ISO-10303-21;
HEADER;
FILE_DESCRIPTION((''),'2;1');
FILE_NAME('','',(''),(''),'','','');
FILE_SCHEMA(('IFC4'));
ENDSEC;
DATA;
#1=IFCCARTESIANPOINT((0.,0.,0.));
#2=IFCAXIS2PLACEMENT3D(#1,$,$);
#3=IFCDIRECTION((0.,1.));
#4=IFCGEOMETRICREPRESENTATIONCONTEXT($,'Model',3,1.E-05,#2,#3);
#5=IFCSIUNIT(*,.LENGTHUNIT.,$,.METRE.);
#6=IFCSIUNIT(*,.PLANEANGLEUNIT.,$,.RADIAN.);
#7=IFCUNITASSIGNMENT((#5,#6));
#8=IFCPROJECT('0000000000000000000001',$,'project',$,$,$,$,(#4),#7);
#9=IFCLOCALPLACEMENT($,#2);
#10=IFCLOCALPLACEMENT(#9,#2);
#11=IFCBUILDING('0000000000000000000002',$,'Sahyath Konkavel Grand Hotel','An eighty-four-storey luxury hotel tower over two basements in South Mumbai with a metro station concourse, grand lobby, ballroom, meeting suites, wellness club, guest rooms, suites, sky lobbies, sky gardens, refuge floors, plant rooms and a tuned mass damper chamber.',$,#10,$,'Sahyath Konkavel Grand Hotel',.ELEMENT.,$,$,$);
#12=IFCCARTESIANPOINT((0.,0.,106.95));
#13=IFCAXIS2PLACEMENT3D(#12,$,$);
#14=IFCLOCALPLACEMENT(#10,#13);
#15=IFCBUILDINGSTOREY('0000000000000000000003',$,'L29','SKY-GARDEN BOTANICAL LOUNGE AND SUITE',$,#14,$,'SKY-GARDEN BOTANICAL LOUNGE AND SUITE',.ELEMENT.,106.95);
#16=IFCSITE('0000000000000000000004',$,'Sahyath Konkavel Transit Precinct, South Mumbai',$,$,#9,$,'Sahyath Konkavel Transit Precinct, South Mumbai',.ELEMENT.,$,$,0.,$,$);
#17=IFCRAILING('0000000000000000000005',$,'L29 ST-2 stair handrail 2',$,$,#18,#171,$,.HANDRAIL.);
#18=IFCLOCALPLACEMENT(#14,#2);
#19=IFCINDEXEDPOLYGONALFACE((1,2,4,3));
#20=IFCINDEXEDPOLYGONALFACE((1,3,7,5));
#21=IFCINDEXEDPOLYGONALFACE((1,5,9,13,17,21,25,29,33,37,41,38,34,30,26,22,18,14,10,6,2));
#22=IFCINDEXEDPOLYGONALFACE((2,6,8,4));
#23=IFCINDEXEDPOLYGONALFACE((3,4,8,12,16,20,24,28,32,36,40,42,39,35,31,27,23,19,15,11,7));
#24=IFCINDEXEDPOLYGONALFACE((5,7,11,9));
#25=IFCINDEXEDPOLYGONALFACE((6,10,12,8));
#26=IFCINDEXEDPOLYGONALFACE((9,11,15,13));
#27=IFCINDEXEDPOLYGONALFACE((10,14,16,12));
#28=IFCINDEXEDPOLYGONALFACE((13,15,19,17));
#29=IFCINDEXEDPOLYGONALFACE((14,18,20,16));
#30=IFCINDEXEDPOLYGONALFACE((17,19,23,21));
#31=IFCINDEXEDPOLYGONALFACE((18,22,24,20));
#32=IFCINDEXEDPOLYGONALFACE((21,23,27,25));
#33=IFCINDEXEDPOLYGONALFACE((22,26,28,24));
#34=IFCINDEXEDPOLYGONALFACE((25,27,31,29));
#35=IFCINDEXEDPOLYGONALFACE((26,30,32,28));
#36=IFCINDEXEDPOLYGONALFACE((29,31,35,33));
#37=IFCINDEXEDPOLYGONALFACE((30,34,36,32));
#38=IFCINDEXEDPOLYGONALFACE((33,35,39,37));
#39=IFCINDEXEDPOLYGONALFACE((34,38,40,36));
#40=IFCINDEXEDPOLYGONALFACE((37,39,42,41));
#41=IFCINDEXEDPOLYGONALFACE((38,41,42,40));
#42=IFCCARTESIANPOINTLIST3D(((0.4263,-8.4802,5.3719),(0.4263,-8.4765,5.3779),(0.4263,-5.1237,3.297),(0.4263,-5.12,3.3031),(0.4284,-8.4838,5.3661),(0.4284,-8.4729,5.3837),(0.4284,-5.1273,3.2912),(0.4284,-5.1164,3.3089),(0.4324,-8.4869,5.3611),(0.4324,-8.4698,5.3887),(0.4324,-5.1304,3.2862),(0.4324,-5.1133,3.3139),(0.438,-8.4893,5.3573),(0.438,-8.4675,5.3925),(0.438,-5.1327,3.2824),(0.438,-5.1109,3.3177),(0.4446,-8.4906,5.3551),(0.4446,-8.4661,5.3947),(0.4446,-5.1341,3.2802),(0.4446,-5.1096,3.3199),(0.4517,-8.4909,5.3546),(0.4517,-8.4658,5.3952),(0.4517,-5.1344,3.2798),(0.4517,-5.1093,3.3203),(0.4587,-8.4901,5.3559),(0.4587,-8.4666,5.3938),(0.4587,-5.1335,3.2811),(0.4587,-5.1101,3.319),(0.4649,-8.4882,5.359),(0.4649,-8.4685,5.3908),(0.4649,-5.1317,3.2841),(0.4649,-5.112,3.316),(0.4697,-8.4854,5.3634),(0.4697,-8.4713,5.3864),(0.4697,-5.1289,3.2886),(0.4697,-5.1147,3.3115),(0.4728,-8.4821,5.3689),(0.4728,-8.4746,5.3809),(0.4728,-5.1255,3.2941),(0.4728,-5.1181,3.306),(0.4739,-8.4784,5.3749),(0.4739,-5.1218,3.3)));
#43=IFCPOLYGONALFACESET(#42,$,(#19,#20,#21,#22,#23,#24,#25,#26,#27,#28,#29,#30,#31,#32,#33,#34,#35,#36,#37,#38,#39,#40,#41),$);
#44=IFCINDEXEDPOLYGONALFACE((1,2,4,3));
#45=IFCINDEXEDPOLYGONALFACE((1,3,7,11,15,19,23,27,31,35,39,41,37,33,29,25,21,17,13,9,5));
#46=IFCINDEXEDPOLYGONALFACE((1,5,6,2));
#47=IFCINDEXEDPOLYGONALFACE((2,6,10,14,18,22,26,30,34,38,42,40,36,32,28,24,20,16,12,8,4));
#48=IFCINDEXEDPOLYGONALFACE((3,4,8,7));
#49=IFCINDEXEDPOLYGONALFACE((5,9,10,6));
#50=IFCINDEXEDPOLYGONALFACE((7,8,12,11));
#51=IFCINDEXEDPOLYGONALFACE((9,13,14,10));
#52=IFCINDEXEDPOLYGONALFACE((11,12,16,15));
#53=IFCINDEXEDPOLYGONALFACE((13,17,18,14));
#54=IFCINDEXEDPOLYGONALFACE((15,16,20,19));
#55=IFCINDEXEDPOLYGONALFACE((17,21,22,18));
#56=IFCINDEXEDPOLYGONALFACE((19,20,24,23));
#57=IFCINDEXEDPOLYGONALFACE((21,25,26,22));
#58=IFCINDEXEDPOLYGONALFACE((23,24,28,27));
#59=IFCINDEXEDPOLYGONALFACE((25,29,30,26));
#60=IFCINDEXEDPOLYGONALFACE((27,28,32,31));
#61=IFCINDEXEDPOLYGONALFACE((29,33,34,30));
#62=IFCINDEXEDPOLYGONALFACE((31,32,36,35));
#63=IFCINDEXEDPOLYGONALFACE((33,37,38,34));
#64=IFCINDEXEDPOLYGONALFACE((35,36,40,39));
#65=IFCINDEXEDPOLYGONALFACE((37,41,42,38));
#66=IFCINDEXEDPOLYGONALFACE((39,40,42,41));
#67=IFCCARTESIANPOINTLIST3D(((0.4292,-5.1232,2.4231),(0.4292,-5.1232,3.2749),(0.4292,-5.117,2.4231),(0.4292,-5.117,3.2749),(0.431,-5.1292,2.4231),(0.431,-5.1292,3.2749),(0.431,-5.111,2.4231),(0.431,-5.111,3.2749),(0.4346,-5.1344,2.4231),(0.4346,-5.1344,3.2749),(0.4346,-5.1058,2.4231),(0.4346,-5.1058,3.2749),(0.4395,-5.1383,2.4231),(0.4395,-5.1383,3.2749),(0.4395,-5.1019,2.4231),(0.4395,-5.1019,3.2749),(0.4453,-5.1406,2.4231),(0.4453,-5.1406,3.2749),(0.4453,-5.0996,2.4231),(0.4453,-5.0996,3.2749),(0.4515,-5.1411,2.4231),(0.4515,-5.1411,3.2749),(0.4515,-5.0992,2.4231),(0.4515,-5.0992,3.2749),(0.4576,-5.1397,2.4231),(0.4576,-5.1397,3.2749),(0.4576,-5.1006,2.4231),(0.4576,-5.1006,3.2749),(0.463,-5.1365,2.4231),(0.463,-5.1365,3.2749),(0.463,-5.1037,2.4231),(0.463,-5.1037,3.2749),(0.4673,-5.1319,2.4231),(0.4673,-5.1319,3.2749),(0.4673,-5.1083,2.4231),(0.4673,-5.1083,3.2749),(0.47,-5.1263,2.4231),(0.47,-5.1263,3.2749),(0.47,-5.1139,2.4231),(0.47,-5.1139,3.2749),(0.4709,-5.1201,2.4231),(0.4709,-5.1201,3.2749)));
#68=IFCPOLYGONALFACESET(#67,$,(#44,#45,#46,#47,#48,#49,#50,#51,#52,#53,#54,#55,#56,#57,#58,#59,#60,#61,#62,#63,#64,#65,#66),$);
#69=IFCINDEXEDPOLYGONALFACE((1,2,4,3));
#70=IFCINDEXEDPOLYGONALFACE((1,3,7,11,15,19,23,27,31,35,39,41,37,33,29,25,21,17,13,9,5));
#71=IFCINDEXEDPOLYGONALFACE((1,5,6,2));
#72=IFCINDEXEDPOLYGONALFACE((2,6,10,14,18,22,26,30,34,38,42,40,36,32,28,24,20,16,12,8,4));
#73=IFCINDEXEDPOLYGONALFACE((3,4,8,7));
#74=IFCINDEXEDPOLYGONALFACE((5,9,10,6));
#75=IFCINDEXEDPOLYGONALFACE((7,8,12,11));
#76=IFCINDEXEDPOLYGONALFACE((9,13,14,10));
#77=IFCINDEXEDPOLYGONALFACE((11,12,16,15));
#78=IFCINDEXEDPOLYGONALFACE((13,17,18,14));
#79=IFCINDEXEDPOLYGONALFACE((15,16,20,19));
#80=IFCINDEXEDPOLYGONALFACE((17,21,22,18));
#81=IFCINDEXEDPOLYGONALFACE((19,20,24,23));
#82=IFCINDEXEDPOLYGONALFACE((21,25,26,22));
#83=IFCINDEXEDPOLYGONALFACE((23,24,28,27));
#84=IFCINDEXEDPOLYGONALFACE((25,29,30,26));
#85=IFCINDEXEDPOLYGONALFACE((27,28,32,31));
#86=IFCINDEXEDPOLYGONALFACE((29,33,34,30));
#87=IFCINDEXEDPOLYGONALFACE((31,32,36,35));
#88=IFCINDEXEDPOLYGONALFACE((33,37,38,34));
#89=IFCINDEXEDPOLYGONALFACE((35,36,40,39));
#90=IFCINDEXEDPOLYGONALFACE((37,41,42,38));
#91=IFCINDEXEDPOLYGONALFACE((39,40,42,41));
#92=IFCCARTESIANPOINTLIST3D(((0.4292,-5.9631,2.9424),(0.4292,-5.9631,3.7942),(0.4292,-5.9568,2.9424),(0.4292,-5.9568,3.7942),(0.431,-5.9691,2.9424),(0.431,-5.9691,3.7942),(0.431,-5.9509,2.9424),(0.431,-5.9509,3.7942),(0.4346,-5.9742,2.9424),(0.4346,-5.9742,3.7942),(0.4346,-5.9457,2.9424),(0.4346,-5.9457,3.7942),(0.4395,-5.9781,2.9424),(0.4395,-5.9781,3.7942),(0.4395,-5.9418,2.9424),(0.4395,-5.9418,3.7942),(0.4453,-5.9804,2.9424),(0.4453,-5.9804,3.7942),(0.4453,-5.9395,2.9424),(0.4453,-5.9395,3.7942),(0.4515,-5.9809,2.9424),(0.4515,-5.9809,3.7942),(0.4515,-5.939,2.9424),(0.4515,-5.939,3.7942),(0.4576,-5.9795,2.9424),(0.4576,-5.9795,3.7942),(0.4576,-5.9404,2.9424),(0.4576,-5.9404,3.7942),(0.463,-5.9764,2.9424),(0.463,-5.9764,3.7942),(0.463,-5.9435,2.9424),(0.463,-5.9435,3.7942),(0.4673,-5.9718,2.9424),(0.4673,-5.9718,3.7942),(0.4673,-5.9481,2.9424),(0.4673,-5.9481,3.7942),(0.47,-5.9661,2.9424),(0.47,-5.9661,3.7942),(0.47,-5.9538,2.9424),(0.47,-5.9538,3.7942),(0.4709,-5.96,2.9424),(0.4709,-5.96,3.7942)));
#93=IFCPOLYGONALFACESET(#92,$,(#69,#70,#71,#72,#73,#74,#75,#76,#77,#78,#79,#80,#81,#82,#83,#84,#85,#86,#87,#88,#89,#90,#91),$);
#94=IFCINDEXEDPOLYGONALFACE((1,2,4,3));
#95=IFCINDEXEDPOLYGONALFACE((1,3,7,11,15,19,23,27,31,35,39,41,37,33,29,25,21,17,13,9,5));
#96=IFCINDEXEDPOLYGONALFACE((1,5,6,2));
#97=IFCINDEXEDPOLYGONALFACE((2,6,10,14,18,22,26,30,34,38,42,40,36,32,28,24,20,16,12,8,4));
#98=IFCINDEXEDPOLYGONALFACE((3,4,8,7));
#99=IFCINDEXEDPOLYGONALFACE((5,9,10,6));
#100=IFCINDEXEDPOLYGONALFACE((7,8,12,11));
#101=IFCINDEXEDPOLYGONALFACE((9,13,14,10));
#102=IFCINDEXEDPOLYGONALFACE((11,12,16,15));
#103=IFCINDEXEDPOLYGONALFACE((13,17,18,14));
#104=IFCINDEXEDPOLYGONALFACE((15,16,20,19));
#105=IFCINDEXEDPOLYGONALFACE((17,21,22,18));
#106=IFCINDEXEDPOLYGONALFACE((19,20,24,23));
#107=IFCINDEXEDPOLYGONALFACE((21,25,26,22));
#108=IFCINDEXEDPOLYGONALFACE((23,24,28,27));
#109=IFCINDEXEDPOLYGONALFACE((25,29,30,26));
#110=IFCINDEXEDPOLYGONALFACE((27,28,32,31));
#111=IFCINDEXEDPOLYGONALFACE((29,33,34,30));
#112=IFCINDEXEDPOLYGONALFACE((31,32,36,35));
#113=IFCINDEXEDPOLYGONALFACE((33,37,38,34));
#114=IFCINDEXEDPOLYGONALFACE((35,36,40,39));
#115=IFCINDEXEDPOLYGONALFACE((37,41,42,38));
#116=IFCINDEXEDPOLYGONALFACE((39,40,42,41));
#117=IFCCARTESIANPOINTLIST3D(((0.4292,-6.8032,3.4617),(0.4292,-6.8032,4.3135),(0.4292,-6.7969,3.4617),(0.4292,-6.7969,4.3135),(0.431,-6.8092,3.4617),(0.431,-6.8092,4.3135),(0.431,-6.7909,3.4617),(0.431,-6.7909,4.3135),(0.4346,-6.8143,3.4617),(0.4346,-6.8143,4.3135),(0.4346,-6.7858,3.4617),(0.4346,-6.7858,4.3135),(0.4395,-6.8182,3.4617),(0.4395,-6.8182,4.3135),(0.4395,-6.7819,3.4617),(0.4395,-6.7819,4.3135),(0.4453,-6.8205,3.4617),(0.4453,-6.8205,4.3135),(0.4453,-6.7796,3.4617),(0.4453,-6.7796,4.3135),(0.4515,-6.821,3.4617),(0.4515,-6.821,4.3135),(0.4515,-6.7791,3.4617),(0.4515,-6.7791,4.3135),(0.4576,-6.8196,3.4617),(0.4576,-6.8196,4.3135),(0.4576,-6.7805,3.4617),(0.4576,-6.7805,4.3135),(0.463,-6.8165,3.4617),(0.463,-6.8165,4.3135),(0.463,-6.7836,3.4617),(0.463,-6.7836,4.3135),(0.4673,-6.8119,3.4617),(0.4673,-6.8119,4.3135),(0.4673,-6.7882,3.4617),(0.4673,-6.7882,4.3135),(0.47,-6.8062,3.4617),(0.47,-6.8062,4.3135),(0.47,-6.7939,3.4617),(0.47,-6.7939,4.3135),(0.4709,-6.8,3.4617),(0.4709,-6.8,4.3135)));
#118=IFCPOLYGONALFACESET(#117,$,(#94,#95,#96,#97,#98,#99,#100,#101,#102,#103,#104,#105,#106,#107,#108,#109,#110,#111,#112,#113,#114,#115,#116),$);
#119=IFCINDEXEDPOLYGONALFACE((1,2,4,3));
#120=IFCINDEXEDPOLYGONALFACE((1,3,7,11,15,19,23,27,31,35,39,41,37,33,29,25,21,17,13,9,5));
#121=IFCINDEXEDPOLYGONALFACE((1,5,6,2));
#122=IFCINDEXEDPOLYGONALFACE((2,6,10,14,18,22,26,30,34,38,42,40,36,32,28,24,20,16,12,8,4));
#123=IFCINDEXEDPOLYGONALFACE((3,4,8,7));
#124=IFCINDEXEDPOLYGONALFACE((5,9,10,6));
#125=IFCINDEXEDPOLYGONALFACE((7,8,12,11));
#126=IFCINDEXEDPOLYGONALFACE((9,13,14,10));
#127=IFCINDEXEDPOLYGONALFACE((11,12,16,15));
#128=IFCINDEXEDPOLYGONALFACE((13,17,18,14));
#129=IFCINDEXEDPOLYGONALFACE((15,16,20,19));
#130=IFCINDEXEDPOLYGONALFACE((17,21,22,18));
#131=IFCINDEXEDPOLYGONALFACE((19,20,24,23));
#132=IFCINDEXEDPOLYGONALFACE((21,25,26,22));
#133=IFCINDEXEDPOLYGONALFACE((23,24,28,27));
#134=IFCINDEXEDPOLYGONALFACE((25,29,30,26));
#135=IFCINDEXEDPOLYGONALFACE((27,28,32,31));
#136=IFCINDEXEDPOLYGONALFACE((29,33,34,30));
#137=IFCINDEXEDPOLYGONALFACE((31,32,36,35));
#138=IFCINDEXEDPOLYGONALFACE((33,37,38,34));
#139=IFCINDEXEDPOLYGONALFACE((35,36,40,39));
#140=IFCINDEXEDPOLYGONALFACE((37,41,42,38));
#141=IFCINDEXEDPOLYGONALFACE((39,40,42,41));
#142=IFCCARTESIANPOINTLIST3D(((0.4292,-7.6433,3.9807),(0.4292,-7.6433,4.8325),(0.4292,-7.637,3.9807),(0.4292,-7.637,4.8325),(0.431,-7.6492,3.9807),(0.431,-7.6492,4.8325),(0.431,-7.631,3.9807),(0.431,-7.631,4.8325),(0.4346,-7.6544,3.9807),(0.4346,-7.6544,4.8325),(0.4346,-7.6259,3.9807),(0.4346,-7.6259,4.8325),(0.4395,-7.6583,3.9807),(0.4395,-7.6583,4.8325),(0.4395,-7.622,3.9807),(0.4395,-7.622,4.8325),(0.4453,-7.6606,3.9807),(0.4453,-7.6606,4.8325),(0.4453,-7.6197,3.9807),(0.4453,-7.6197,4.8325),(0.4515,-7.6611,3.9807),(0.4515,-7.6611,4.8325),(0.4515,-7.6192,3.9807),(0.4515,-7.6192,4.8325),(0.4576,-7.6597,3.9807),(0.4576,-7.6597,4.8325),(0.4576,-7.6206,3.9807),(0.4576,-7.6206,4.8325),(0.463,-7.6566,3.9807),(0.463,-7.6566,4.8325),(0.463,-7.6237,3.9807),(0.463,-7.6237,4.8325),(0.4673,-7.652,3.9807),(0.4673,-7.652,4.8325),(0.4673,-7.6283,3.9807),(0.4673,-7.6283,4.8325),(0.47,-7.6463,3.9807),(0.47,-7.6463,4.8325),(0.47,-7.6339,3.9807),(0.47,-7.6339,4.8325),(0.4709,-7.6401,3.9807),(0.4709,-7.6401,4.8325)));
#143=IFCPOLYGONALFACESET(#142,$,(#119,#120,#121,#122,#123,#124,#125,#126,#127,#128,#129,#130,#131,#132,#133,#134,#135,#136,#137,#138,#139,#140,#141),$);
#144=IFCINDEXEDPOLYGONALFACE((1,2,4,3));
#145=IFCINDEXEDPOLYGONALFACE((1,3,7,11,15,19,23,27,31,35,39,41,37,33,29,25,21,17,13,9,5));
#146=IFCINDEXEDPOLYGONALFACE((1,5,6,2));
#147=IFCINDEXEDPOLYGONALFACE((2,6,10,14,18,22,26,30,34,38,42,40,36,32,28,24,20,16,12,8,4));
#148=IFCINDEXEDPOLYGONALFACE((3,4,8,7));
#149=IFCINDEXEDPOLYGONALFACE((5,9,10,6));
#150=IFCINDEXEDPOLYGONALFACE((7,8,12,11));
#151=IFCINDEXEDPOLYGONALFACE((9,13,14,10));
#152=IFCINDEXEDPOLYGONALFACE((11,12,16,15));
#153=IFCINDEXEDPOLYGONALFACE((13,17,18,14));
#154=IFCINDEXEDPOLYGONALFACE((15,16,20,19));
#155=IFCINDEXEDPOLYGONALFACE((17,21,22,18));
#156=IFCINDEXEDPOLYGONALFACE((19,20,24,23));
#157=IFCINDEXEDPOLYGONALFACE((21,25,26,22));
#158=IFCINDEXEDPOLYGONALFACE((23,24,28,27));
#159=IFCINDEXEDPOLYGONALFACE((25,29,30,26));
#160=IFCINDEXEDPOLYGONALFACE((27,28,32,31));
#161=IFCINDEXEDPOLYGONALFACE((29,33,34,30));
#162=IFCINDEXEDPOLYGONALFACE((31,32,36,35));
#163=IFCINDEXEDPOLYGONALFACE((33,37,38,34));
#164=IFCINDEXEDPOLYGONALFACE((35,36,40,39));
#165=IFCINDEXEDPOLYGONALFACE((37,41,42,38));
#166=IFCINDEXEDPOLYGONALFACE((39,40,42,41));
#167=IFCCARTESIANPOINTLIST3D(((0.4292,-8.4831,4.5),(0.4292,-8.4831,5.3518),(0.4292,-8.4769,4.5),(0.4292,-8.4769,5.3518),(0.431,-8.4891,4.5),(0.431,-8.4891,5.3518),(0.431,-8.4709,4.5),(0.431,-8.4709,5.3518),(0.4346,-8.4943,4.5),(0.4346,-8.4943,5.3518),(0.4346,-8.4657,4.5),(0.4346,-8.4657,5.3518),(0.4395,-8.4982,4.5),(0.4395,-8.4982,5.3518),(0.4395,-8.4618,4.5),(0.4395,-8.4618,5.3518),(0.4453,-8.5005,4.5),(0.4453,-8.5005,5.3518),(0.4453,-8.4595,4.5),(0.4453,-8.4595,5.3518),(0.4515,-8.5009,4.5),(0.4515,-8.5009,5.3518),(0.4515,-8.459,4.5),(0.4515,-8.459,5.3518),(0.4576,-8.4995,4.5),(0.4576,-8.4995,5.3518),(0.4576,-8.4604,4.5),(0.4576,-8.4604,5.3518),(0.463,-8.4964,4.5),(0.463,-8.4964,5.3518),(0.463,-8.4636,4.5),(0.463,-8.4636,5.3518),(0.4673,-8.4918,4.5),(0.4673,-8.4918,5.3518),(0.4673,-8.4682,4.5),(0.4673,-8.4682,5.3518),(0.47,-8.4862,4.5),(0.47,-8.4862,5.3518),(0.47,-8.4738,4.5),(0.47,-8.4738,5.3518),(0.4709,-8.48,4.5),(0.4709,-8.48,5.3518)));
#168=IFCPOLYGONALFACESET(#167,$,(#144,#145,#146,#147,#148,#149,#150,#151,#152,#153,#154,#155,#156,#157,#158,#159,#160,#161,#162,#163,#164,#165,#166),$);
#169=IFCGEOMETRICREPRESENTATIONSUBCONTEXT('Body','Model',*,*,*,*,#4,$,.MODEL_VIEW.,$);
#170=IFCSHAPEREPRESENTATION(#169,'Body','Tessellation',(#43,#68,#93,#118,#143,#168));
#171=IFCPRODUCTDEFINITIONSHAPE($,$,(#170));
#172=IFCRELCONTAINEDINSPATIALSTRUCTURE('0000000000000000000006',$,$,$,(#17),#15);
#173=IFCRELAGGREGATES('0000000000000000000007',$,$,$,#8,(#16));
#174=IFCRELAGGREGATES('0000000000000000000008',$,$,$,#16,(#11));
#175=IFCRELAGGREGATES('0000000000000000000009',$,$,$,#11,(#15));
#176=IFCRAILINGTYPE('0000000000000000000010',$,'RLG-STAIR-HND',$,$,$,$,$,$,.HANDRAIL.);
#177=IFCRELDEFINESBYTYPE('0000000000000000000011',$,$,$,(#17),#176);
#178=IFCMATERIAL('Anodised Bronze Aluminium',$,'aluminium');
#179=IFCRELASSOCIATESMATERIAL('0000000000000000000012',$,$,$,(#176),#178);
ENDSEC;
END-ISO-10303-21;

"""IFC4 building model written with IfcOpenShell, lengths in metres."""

from ifc_helpers import new_model, si_unit, direction, frame, origin, origin_2d, place, context, subcontext, project, spatial, circle, extrude, material, type_object, element, save


model = new_model("IFC4")

# Units and contexts
model_context = context("Model", 3, precision=1e-05, world=origin(), true_north=direction((0.0, 1.0)))
body_context = subcontext(model_context, "Body", "Model", "MODEL_VIEW")
ifc_project = project(units=[si_unit("LENGTHUNIT", "METRE"), si_unit("PLANEANGLEUNIT", "RADIAN")], contexts=[model_context])

# Site, building, storey
site_placement = place(None, origin())
site = spatial("IfcSite", under=ifc_project, at=site_placement, Name="Sahyath Konkavel Transit Precinct, South Mumbai", LongName="Sahyath Konkavel Transit Precinct, South Mumbai", CompositionType="ELEMENT", RefElevation=0.0)
building_placement = place(site_placement, origin())
building = spatial("IfcBuilding", under=site, at=building_placement, Name="Sahyath Konkavel Grand Hotel", Description="An eighty-four-storey luxury hotel tower over two basements in South Mumbai with a metro station concourse, grand lobby, ballroom, meeting suites, wellness club, guest rooms, suites, sky lobbies, sky gardens, refuge floors, plant rooms and a tuned mass damper chamber.", LongName="Sahyath Konkavel Grand Hotel", CompositionType="ELEMENT")
storey_placement = place(building_placement, frame((0.0, 0.0, 106.95)))
storey = spatial("IfcBuildingStorey", under=building, at=storey_placement, Name="L29", Description="SKY-GARDEN BOTANICAL LOUNGE AND SUITE", LongName="SKY-GARDEN BOTANICAL LOUNGE AND SUITE", CompositionType="ELEMENT", Elevation=106.95)

# Railing
ifc_material_1 = material(Name="Anodised Bronze Aluminium", Category="aluminium")
railing_type_1 = type_object("IfcRailingType", Name="RLG-STAIR-HND", PredefinedType="HANDRAIL", material=ifc_material_1)
railing_1_placement = place(storey_placement, frame((0.45, -5.1201, 2.4231)))
element("IfcRailing", 1, at=railing_1_placement, inside=storey, type_object=railing_type_1, Name="L29 ST-2 stair handrail 2", PredefinedType="HANDRAIL", context=body_context, shape_type="SweptSolid", body=[
    extrude(circle(Radius=0.0239, at=origin_2d()), frame((0.0, -0.0017, 0.877), z_axis=(0.0, -0.850606, 0.525803), x_axis=(1.0, 0.0, 0.0)), (0.0, 0.0, 1.0), 3.946),
    extrude(circle(Radius=0.021, at=origin_2d()), origin(), (0.0, 0.0, 1.0), 0.8518),
    extrude(circle(Radius=0.021, at=origin_2d()), frame((0.0, -0.8398, 0.5193)), (0.0, 0.0, 1.0), 0.8518),
    extrude(circle(Radius=0.021, at=origin_2d()), frame((0.0, -1.6799, 1.0386)), (0.0, 0.0, 1.0), 0.8518),
    extrude(circle(Radius=0.021, at=origin_2d()), frame((0.0, -2.52, 1.5576)), (0.0, 0.0, 1.0), 0.8518),
    extrude(circle(Radius=0.021, at=origin_2d()), frame((0.0, -3.3599, 2.0769)), (0.0, 0.0, 1.0), 0.8518),
])

save(model, "model.ifc")
